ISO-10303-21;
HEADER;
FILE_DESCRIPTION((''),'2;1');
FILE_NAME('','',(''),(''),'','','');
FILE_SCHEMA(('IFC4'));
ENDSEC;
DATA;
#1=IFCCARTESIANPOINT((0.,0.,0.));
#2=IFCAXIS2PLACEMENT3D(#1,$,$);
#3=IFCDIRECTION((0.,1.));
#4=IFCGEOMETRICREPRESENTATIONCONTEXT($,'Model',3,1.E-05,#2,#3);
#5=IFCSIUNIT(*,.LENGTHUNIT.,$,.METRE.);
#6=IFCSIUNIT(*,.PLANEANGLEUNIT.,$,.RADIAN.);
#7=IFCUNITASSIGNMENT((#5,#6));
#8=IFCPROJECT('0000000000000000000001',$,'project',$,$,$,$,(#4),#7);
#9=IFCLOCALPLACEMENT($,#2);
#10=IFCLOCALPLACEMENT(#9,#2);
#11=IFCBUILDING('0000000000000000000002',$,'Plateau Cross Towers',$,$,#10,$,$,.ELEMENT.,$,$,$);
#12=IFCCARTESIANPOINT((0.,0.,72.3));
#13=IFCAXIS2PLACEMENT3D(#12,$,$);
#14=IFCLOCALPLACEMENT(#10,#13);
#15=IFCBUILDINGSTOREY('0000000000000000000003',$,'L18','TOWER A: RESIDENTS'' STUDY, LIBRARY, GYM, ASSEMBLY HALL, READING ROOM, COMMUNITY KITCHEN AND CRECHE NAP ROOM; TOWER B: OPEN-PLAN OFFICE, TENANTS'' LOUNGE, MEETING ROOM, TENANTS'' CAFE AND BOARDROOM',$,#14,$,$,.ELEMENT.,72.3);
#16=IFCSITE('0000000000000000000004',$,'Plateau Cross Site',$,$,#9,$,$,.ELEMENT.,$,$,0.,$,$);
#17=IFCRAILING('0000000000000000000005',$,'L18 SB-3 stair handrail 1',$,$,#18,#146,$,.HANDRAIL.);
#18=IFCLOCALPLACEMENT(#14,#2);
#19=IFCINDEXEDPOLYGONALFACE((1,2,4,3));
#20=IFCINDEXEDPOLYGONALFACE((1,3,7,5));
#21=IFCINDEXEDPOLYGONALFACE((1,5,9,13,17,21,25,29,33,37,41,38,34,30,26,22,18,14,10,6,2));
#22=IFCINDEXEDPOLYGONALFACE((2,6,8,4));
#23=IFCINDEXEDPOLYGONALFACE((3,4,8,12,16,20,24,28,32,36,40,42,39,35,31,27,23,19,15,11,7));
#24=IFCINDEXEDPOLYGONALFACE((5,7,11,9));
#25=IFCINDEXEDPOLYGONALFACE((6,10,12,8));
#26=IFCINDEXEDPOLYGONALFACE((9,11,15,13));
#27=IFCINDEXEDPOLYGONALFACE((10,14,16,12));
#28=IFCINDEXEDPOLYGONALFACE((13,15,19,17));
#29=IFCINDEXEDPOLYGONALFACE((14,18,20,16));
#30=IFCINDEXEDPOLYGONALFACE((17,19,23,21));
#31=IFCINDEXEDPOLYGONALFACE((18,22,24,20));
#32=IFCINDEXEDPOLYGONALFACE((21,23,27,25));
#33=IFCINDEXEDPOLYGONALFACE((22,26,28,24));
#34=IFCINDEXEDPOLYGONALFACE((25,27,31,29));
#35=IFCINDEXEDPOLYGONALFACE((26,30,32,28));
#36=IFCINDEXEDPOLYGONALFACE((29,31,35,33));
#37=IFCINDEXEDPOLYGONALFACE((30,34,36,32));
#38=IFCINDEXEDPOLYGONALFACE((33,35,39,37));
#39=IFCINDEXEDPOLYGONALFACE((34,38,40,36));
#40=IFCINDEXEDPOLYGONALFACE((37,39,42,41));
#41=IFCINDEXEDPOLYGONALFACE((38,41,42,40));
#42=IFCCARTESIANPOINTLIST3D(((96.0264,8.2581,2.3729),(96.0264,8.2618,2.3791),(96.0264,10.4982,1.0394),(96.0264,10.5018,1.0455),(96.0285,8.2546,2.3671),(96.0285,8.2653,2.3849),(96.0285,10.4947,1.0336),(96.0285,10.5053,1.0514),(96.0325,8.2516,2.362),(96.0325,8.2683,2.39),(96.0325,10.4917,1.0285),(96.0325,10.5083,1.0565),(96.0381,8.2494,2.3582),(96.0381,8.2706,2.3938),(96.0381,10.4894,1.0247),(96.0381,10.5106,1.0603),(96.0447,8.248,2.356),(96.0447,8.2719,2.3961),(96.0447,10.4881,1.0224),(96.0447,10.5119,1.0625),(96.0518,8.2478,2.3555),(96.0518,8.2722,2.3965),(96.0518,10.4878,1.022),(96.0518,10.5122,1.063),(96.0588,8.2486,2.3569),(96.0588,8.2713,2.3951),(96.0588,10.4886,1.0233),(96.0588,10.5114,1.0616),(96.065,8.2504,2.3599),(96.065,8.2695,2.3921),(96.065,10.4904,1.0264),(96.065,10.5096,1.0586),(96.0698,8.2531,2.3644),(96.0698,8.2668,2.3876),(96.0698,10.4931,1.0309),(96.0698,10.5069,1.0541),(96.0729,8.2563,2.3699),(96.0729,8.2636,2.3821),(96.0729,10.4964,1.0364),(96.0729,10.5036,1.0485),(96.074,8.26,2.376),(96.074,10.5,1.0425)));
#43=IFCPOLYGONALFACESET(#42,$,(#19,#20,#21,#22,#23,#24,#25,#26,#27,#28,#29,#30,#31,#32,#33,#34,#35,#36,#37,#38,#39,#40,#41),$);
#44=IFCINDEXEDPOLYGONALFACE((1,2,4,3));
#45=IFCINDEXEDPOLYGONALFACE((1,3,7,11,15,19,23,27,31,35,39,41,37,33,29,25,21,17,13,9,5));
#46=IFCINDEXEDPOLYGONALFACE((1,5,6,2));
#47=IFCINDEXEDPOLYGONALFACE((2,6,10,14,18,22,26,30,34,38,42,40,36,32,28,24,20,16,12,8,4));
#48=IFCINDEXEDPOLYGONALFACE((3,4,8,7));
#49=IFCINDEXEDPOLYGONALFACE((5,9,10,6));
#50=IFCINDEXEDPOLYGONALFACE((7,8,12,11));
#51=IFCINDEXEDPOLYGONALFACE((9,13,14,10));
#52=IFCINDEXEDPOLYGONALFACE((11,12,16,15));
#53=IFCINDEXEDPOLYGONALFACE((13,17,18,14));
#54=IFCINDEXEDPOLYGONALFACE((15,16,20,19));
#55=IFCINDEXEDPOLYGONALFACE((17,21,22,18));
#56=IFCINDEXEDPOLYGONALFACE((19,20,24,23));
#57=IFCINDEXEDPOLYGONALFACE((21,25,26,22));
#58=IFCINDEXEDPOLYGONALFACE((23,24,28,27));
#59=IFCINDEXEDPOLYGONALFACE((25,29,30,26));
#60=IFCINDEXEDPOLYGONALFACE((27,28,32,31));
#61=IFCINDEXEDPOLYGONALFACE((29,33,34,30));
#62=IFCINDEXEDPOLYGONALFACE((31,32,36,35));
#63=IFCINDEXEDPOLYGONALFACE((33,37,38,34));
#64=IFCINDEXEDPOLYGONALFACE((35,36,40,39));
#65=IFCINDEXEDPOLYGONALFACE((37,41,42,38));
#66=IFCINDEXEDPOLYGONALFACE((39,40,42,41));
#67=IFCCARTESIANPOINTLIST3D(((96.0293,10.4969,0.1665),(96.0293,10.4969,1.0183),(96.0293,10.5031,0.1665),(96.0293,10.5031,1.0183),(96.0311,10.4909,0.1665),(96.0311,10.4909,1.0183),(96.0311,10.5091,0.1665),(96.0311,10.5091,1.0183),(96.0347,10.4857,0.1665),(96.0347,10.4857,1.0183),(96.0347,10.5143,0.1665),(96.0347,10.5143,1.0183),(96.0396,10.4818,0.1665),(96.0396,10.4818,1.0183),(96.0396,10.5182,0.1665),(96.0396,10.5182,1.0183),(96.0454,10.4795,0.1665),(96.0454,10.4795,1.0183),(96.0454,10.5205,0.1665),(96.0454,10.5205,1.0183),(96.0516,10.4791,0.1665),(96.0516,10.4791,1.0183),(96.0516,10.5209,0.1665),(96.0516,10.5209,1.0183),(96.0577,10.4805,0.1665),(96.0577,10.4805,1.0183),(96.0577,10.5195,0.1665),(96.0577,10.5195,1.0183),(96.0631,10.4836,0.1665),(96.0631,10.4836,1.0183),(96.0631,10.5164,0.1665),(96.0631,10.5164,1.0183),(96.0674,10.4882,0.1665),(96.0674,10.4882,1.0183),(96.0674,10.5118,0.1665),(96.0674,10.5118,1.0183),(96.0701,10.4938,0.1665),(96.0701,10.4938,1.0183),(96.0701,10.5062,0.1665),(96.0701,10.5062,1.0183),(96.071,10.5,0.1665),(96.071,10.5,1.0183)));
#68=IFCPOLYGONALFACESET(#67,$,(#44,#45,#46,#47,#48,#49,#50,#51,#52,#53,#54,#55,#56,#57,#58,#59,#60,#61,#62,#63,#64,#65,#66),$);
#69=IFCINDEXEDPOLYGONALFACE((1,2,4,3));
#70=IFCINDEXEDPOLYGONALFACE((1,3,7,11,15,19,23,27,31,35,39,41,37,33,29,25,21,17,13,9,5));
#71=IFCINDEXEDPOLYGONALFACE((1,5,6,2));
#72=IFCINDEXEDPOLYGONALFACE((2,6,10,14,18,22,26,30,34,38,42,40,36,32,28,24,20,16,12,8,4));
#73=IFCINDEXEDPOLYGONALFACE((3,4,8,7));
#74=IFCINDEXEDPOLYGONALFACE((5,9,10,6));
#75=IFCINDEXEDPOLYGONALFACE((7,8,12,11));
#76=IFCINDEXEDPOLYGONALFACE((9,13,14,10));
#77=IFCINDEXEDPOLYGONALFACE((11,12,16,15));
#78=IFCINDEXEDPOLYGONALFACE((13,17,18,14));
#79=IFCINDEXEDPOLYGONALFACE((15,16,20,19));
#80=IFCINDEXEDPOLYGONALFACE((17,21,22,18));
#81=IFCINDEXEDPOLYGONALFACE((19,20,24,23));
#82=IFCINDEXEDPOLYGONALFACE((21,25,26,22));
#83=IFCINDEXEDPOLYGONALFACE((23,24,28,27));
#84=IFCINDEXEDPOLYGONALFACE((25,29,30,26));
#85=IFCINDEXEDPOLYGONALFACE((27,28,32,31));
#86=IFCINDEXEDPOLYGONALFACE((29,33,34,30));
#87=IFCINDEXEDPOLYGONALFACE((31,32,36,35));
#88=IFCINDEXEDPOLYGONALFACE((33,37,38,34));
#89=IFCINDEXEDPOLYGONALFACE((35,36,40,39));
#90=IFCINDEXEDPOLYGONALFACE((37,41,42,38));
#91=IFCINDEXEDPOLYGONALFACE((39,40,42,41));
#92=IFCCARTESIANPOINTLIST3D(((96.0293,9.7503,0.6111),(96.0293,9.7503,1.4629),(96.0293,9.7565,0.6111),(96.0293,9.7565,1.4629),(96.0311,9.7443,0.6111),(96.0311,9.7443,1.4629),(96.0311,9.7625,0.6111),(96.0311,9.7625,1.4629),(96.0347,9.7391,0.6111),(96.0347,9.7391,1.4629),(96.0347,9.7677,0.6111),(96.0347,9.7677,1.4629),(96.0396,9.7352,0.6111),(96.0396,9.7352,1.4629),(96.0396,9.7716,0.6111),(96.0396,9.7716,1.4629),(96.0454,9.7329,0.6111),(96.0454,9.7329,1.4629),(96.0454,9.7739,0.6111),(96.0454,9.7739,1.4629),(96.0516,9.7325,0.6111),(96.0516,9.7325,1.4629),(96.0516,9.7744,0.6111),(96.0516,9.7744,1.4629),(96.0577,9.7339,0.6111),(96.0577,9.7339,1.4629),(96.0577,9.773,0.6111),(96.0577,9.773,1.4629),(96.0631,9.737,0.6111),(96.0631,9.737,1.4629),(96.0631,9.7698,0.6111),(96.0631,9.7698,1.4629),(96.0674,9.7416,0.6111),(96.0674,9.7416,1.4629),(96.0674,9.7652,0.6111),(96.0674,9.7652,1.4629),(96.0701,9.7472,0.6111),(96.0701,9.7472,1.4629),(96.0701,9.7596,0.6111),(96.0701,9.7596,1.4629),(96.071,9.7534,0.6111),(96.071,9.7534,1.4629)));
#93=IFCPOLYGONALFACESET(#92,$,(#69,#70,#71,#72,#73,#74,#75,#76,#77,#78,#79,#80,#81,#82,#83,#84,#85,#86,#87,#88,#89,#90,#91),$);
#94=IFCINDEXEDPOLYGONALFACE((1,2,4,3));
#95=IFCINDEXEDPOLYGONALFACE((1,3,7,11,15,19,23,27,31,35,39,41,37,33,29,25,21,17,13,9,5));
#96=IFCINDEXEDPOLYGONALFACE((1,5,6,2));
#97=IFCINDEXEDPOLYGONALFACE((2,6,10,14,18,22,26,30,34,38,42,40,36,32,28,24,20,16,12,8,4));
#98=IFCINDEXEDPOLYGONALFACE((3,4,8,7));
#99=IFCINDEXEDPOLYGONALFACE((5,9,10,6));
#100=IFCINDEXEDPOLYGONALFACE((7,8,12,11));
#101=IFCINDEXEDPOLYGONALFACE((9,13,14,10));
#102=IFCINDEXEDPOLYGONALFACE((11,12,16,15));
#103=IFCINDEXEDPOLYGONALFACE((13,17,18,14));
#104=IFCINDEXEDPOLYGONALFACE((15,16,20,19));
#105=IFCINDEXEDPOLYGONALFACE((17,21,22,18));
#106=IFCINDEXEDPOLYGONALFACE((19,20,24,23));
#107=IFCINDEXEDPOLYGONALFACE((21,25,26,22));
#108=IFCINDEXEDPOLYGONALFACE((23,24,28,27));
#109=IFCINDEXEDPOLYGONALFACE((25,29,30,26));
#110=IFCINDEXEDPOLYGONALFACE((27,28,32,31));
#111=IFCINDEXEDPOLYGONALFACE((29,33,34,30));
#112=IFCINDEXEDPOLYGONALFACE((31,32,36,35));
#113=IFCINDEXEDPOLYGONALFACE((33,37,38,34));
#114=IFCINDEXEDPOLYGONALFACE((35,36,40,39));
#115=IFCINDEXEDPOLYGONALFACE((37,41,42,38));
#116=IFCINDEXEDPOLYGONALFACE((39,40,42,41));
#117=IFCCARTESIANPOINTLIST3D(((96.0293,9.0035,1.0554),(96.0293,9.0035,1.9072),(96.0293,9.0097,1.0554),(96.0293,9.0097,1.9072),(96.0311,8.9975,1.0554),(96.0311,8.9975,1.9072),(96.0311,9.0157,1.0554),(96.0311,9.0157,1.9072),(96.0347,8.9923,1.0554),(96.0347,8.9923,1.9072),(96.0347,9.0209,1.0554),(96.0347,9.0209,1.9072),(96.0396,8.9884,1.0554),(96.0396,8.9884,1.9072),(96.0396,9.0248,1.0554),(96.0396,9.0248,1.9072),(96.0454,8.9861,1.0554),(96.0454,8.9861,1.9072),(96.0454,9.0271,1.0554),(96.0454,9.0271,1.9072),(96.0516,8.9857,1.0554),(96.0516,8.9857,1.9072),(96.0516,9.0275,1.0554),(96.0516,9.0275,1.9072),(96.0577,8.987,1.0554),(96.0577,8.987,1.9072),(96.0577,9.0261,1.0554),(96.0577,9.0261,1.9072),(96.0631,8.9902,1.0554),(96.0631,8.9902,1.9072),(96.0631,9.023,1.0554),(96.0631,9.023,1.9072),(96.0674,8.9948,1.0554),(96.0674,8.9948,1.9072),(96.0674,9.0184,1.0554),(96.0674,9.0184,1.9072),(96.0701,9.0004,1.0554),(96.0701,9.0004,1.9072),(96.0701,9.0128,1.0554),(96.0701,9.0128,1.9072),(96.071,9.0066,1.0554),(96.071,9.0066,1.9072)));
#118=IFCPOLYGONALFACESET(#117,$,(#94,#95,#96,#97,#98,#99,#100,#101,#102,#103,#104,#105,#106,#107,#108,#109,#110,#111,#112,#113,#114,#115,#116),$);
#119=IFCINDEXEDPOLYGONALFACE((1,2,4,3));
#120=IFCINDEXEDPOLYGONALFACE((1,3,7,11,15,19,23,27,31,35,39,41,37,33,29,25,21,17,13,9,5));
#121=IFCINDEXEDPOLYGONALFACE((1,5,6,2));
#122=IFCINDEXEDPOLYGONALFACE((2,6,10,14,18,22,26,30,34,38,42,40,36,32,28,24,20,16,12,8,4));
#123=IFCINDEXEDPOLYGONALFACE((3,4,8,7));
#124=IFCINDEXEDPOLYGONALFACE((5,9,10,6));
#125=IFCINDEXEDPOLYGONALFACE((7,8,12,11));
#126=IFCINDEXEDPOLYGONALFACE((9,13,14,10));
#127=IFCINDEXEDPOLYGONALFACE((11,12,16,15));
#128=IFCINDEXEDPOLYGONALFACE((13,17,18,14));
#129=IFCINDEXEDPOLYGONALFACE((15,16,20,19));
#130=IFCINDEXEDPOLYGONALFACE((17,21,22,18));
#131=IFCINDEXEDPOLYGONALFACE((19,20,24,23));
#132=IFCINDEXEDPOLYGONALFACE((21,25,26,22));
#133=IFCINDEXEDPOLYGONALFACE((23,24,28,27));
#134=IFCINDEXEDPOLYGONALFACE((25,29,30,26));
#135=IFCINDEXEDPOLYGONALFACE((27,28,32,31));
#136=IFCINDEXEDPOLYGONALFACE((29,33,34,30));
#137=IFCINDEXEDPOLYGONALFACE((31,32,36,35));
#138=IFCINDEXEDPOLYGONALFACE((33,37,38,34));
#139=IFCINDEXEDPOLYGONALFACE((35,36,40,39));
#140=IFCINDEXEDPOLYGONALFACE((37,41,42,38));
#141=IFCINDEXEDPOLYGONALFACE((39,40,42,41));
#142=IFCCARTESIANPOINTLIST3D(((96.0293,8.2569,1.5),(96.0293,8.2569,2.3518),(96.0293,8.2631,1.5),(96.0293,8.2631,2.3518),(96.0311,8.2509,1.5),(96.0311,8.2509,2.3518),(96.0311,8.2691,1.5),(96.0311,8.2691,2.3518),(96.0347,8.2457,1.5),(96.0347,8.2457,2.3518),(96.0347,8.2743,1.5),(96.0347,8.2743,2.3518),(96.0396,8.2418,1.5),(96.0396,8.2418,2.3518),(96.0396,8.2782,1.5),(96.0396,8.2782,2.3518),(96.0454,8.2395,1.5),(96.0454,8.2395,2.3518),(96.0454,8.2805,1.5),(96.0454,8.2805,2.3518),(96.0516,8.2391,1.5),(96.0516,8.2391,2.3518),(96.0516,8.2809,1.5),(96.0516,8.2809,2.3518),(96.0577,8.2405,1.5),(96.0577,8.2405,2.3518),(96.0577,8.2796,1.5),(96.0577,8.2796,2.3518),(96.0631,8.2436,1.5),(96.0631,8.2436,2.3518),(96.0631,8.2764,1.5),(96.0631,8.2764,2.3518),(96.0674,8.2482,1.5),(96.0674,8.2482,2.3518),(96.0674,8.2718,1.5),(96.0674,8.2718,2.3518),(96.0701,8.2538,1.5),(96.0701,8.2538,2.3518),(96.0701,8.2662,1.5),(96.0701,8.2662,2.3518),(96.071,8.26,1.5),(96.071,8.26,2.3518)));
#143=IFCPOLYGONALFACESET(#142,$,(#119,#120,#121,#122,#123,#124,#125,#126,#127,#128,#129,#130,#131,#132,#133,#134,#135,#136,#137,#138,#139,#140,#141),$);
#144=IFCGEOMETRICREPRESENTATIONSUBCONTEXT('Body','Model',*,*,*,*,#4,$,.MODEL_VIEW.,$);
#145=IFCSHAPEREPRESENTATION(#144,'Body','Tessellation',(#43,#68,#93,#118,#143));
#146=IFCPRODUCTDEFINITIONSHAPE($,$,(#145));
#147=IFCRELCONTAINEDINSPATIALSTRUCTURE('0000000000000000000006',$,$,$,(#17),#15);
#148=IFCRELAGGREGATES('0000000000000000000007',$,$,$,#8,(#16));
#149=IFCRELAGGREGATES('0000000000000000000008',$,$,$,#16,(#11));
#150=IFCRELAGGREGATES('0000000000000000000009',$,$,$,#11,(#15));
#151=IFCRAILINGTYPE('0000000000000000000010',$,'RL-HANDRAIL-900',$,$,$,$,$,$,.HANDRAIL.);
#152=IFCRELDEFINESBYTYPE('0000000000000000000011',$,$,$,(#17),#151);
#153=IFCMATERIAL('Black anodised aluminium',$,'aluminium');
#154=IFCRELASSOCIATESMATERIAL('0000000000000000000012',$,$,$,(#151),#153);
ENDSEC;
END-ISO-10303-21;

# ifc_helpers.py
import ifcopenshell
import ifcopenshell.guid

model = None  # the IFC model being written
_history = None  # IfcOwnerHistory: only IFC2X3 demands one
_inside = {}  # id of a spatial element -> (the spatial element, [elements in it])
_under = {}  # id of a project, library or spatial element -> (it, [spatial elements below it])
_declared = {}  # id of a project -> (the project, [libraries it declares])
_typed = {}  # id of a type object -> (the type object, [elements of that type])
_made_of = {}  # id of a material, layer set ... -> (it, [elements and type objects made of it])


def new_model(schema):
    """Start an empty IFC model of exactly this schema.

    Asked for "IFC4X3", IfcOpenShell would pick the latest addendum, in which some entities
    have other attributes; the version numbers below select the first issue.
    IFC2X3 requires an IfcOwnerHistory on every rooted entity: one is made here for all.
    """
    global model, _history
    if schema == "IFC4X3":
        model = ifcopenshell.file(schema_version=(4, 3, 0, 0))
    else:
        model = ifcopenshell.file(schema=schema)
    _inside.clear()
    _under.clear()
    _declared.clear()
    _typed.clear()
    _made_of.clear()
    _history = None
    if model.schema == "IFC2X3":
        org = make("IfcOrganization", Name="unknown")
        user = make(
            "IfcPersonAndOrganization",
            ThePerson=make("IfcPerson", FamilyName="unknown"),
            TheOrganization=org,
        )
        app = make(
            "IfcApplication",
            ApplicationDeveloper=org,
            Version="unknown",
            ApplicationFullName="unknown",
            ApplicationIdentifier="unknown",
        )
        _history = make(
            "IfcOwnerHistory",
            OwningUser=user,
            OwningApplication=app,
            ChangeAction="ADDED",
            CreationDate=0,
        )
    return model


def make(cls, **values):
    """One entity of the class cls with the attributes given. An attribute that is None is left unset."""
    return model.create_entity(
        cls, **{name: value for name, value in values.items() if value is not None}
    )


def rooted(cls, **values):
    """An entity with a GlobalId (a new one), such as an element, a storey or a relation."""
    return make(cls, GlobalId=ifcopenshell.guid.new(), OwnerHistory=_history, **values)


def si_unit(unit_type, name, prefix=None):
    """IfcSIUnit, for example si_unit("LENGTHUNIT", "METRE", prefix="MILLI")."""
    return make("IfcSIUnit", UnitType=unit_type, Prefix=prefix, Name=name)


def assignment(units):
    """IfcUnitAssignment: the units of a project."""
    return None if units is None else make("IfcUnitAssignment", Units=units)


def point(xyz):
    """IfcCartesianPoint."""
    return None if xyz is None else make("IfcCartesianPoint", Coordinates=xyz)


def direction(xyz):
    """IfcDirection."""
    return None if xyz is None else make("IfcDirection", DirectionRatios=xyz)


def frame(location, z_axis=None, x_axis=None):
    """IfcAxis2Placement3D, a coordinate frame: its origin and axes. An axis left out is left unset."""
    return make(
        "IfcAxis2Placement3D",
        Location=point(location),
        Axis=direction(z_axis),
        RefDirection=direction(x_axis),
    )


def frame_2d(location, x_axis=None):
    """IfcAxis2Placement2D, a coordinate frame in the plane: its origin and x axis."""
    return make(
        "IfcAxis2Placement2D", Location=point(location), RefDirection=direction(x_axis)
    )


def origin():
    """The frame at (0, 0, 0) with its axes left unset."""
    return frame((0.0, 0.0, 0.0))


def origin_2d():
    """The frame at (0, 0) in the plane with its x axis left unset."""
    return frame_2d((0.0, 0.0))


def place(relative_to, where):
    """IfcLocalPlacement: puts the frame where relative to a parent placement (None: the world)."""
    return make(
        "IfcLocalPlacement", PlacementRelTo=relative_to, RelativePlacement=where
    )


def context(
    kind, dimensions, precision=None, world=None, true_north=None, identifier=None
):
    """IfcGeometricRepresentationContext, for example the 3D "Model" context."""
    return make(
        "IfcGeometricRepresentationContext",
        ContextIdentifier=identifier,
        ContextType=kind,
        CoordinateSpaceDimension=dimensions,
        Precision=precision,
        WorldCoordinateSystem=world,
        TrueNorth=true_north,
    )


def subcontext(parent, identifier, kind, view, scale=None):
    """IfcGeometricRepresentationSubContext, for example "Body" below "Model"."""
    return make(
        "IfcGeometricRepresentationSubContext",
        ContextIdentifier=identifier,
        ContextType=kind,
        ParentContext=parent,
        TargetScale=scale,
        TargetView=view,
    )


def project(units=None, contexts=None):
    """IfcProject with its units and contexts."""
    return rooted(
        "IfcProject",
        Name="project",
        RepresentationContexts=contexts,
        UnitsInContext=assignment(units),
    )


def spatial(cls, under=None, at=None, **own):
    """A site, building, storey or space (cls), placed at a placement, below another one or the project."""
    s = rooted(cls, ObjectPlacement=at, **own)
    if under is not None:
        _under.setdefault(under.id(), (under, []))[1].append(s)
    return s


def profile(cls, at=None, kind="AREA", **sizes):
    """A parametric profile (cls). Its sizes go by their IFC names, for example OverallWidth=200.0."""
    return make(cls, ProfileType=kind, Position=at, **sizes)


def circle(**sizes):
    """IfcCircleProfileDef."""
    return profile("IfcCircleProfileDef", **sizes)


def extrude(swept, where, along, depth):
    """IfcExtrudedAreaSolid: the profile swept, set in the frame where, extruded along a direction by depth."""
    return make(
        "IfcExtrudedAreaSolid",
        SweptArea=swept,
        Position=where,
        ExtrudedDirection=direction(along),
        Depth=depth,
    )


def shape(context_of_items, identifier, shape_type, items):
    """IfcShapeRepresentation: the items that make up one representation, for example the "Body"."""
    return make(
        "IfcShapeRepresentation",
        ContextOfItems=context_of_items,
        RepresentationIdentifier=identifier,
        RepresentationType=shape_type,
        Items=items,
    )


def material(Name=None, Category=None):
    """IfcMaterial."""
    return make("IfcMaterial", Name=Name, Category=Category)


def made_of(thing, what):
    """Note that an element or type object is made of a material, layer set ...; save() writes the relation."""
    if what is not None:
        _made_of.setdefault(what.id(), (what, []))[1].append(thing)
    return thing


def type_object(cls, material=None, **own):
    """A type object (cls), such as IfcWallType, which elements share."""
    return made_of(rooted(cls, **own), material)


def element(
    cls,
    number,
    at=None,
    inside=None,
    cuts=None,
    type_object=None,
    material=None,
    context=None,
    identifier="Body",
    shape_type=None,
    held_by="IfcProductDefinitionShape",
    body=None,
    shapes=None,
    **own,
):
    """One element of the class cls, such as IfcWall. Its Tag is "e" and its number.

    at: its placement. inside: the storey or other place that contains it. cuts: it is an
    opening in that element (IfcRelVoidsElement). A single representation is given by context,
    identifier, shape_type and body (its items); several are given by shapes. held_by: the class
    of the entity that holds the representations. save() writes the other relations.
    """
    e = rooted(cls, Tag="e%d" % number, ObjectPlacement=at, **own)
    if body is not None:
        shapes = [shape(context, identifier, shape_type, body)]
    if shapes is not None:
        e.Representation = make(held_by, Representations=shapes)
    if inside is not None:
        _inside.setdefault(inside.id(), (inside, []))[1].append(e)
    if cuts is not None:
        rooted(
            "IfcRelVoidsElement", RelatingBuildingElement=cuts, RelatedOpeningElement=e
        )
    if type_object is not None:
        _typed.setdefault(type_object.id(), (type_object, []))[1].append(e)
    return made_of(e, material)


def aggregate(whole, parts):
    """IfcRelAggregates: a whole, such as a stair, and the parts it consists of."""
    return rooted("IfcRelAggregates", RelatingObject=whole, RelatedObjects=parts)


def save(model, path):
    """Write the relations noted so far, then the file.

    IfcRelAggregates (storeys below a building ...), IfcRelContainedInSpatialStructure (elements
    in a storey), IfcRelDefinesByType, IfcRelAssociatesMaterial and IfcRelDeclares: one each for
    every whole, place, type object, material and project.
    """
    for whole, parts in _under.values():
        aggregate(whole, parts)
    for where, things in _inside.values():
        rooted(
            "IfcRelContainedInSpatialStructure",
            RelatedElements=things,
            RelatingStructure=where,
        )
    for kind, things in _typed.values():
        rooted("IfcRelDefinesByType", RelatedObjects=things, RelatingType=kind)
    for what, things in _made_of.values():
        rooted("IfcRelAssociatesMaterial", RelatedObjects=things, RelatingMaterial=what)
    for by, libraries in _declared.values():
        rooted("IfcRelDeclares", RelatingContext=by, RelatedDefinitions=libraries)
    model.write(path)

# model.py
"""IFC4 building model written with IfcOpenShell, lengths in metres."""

from ifc_helpers import new_model, si_unit, direction, frame, origin, origin_2d, place, context, subcontext, project, spatial, circle, extrude, material, type_object, element, save


model = new_model("IFC4")

# Units and contexts
model_context = context("Model", 3, precision=1e-05, world=origin(), true_north=direction((0.0, 1.0)))
body_context = subcontext(model_context, "Body", "Model", "MODEL_VIEW")
ifc_project = project(units=[si_unit("LENGTHUNIT", "METRE"), si_unit("PLANEANGLEUNIT", "RADIAN")], contexts=[model_context])

# Site, building, storey
site_placement = place(None, origin())
site = spatial("IfcSite", under=ifc_project, at=site_placement, Name="Plateau Cross Site", CompositionType="ELEMENT", RefElevation=0.0)
building_placement = place(site_placement, origin())
building = spatial("IfcBuilding", under=site, at=building_placement, Name="Plateau Cross Towers", CompositionType="ELEMENT")
storey_placement = place(building_placement, frame((0.0, 0.0, 72.3)))
storey = spatial("IfcBuildingStorey", under=building, at=storey_placement, Name="L18", Description="TOWER A: RESIDENTS' STUDY, LIBRARY, GYM, ASSEMBLY HALL, READING ROOM, COMMUNITY KITCHEN AND CRECHE NAP ROOM; TOWER B: OPEN-PLAN OFFICE, TENANTS' LOUNGE, MEETING ROOM, TENANTS' CAFE AND BOARDROOM", CompositionType="ELEMENT", Elevation=72.3)

# Shared definitions
ifc_material_1 = material(Name="Black anodised aluminium", Category="aluminium")

# Railing
railing_type_1 = type_object("IfcRailingType", Name="RL-HANDRAIL-900", PredefinedType="HANDRAIL", material=ifc_material_1)
railing_1_placement = place(storey_placement, frame((96.05, 10.5, 0.1665)))
element("IfcRailing", 1, at=railing_1_placement, inside=storey, type_object=railing_type_1, Name="L18 SB-3 stair handrail 1", PredefinedType="HANDRAIL", context=body_context, shape_type="SweptSolid", body=[
    extrude(circle(Radius=0.0239, at=origin_2d()), frame((0.0, 0.0, 0.876), z_axis=(0.0, -0.859264, 0.511532), x_axis=(1.0, 0.0, 0.0)), (0.0, 0.0, 1.0), 2.6069),
    extrude(circle(Radius=0.021, at=origin_2d()), origin(), (0.0, 0.0, 1.0), 0.8518),
    extrude(circle(Radius=0.021, at=origin_2d()), frame((0.0, -0.7466, 0.4446)), (0.0, 0.0, 1.0), 0.8518),
    extrude(circle(Radius=0.021, at=origin_2d()), frame((0.0, -1.4934, 0.8889)), (0.0, 0.0, 1.0), 0.8518),
    extrude(circle(Radius=0.021, at=origin_2d()), frame((0.0, -2.24, 1.3335)), (0.0, 0.0, 1.0), 0.8518),
])

save(model, "model.ifc")
